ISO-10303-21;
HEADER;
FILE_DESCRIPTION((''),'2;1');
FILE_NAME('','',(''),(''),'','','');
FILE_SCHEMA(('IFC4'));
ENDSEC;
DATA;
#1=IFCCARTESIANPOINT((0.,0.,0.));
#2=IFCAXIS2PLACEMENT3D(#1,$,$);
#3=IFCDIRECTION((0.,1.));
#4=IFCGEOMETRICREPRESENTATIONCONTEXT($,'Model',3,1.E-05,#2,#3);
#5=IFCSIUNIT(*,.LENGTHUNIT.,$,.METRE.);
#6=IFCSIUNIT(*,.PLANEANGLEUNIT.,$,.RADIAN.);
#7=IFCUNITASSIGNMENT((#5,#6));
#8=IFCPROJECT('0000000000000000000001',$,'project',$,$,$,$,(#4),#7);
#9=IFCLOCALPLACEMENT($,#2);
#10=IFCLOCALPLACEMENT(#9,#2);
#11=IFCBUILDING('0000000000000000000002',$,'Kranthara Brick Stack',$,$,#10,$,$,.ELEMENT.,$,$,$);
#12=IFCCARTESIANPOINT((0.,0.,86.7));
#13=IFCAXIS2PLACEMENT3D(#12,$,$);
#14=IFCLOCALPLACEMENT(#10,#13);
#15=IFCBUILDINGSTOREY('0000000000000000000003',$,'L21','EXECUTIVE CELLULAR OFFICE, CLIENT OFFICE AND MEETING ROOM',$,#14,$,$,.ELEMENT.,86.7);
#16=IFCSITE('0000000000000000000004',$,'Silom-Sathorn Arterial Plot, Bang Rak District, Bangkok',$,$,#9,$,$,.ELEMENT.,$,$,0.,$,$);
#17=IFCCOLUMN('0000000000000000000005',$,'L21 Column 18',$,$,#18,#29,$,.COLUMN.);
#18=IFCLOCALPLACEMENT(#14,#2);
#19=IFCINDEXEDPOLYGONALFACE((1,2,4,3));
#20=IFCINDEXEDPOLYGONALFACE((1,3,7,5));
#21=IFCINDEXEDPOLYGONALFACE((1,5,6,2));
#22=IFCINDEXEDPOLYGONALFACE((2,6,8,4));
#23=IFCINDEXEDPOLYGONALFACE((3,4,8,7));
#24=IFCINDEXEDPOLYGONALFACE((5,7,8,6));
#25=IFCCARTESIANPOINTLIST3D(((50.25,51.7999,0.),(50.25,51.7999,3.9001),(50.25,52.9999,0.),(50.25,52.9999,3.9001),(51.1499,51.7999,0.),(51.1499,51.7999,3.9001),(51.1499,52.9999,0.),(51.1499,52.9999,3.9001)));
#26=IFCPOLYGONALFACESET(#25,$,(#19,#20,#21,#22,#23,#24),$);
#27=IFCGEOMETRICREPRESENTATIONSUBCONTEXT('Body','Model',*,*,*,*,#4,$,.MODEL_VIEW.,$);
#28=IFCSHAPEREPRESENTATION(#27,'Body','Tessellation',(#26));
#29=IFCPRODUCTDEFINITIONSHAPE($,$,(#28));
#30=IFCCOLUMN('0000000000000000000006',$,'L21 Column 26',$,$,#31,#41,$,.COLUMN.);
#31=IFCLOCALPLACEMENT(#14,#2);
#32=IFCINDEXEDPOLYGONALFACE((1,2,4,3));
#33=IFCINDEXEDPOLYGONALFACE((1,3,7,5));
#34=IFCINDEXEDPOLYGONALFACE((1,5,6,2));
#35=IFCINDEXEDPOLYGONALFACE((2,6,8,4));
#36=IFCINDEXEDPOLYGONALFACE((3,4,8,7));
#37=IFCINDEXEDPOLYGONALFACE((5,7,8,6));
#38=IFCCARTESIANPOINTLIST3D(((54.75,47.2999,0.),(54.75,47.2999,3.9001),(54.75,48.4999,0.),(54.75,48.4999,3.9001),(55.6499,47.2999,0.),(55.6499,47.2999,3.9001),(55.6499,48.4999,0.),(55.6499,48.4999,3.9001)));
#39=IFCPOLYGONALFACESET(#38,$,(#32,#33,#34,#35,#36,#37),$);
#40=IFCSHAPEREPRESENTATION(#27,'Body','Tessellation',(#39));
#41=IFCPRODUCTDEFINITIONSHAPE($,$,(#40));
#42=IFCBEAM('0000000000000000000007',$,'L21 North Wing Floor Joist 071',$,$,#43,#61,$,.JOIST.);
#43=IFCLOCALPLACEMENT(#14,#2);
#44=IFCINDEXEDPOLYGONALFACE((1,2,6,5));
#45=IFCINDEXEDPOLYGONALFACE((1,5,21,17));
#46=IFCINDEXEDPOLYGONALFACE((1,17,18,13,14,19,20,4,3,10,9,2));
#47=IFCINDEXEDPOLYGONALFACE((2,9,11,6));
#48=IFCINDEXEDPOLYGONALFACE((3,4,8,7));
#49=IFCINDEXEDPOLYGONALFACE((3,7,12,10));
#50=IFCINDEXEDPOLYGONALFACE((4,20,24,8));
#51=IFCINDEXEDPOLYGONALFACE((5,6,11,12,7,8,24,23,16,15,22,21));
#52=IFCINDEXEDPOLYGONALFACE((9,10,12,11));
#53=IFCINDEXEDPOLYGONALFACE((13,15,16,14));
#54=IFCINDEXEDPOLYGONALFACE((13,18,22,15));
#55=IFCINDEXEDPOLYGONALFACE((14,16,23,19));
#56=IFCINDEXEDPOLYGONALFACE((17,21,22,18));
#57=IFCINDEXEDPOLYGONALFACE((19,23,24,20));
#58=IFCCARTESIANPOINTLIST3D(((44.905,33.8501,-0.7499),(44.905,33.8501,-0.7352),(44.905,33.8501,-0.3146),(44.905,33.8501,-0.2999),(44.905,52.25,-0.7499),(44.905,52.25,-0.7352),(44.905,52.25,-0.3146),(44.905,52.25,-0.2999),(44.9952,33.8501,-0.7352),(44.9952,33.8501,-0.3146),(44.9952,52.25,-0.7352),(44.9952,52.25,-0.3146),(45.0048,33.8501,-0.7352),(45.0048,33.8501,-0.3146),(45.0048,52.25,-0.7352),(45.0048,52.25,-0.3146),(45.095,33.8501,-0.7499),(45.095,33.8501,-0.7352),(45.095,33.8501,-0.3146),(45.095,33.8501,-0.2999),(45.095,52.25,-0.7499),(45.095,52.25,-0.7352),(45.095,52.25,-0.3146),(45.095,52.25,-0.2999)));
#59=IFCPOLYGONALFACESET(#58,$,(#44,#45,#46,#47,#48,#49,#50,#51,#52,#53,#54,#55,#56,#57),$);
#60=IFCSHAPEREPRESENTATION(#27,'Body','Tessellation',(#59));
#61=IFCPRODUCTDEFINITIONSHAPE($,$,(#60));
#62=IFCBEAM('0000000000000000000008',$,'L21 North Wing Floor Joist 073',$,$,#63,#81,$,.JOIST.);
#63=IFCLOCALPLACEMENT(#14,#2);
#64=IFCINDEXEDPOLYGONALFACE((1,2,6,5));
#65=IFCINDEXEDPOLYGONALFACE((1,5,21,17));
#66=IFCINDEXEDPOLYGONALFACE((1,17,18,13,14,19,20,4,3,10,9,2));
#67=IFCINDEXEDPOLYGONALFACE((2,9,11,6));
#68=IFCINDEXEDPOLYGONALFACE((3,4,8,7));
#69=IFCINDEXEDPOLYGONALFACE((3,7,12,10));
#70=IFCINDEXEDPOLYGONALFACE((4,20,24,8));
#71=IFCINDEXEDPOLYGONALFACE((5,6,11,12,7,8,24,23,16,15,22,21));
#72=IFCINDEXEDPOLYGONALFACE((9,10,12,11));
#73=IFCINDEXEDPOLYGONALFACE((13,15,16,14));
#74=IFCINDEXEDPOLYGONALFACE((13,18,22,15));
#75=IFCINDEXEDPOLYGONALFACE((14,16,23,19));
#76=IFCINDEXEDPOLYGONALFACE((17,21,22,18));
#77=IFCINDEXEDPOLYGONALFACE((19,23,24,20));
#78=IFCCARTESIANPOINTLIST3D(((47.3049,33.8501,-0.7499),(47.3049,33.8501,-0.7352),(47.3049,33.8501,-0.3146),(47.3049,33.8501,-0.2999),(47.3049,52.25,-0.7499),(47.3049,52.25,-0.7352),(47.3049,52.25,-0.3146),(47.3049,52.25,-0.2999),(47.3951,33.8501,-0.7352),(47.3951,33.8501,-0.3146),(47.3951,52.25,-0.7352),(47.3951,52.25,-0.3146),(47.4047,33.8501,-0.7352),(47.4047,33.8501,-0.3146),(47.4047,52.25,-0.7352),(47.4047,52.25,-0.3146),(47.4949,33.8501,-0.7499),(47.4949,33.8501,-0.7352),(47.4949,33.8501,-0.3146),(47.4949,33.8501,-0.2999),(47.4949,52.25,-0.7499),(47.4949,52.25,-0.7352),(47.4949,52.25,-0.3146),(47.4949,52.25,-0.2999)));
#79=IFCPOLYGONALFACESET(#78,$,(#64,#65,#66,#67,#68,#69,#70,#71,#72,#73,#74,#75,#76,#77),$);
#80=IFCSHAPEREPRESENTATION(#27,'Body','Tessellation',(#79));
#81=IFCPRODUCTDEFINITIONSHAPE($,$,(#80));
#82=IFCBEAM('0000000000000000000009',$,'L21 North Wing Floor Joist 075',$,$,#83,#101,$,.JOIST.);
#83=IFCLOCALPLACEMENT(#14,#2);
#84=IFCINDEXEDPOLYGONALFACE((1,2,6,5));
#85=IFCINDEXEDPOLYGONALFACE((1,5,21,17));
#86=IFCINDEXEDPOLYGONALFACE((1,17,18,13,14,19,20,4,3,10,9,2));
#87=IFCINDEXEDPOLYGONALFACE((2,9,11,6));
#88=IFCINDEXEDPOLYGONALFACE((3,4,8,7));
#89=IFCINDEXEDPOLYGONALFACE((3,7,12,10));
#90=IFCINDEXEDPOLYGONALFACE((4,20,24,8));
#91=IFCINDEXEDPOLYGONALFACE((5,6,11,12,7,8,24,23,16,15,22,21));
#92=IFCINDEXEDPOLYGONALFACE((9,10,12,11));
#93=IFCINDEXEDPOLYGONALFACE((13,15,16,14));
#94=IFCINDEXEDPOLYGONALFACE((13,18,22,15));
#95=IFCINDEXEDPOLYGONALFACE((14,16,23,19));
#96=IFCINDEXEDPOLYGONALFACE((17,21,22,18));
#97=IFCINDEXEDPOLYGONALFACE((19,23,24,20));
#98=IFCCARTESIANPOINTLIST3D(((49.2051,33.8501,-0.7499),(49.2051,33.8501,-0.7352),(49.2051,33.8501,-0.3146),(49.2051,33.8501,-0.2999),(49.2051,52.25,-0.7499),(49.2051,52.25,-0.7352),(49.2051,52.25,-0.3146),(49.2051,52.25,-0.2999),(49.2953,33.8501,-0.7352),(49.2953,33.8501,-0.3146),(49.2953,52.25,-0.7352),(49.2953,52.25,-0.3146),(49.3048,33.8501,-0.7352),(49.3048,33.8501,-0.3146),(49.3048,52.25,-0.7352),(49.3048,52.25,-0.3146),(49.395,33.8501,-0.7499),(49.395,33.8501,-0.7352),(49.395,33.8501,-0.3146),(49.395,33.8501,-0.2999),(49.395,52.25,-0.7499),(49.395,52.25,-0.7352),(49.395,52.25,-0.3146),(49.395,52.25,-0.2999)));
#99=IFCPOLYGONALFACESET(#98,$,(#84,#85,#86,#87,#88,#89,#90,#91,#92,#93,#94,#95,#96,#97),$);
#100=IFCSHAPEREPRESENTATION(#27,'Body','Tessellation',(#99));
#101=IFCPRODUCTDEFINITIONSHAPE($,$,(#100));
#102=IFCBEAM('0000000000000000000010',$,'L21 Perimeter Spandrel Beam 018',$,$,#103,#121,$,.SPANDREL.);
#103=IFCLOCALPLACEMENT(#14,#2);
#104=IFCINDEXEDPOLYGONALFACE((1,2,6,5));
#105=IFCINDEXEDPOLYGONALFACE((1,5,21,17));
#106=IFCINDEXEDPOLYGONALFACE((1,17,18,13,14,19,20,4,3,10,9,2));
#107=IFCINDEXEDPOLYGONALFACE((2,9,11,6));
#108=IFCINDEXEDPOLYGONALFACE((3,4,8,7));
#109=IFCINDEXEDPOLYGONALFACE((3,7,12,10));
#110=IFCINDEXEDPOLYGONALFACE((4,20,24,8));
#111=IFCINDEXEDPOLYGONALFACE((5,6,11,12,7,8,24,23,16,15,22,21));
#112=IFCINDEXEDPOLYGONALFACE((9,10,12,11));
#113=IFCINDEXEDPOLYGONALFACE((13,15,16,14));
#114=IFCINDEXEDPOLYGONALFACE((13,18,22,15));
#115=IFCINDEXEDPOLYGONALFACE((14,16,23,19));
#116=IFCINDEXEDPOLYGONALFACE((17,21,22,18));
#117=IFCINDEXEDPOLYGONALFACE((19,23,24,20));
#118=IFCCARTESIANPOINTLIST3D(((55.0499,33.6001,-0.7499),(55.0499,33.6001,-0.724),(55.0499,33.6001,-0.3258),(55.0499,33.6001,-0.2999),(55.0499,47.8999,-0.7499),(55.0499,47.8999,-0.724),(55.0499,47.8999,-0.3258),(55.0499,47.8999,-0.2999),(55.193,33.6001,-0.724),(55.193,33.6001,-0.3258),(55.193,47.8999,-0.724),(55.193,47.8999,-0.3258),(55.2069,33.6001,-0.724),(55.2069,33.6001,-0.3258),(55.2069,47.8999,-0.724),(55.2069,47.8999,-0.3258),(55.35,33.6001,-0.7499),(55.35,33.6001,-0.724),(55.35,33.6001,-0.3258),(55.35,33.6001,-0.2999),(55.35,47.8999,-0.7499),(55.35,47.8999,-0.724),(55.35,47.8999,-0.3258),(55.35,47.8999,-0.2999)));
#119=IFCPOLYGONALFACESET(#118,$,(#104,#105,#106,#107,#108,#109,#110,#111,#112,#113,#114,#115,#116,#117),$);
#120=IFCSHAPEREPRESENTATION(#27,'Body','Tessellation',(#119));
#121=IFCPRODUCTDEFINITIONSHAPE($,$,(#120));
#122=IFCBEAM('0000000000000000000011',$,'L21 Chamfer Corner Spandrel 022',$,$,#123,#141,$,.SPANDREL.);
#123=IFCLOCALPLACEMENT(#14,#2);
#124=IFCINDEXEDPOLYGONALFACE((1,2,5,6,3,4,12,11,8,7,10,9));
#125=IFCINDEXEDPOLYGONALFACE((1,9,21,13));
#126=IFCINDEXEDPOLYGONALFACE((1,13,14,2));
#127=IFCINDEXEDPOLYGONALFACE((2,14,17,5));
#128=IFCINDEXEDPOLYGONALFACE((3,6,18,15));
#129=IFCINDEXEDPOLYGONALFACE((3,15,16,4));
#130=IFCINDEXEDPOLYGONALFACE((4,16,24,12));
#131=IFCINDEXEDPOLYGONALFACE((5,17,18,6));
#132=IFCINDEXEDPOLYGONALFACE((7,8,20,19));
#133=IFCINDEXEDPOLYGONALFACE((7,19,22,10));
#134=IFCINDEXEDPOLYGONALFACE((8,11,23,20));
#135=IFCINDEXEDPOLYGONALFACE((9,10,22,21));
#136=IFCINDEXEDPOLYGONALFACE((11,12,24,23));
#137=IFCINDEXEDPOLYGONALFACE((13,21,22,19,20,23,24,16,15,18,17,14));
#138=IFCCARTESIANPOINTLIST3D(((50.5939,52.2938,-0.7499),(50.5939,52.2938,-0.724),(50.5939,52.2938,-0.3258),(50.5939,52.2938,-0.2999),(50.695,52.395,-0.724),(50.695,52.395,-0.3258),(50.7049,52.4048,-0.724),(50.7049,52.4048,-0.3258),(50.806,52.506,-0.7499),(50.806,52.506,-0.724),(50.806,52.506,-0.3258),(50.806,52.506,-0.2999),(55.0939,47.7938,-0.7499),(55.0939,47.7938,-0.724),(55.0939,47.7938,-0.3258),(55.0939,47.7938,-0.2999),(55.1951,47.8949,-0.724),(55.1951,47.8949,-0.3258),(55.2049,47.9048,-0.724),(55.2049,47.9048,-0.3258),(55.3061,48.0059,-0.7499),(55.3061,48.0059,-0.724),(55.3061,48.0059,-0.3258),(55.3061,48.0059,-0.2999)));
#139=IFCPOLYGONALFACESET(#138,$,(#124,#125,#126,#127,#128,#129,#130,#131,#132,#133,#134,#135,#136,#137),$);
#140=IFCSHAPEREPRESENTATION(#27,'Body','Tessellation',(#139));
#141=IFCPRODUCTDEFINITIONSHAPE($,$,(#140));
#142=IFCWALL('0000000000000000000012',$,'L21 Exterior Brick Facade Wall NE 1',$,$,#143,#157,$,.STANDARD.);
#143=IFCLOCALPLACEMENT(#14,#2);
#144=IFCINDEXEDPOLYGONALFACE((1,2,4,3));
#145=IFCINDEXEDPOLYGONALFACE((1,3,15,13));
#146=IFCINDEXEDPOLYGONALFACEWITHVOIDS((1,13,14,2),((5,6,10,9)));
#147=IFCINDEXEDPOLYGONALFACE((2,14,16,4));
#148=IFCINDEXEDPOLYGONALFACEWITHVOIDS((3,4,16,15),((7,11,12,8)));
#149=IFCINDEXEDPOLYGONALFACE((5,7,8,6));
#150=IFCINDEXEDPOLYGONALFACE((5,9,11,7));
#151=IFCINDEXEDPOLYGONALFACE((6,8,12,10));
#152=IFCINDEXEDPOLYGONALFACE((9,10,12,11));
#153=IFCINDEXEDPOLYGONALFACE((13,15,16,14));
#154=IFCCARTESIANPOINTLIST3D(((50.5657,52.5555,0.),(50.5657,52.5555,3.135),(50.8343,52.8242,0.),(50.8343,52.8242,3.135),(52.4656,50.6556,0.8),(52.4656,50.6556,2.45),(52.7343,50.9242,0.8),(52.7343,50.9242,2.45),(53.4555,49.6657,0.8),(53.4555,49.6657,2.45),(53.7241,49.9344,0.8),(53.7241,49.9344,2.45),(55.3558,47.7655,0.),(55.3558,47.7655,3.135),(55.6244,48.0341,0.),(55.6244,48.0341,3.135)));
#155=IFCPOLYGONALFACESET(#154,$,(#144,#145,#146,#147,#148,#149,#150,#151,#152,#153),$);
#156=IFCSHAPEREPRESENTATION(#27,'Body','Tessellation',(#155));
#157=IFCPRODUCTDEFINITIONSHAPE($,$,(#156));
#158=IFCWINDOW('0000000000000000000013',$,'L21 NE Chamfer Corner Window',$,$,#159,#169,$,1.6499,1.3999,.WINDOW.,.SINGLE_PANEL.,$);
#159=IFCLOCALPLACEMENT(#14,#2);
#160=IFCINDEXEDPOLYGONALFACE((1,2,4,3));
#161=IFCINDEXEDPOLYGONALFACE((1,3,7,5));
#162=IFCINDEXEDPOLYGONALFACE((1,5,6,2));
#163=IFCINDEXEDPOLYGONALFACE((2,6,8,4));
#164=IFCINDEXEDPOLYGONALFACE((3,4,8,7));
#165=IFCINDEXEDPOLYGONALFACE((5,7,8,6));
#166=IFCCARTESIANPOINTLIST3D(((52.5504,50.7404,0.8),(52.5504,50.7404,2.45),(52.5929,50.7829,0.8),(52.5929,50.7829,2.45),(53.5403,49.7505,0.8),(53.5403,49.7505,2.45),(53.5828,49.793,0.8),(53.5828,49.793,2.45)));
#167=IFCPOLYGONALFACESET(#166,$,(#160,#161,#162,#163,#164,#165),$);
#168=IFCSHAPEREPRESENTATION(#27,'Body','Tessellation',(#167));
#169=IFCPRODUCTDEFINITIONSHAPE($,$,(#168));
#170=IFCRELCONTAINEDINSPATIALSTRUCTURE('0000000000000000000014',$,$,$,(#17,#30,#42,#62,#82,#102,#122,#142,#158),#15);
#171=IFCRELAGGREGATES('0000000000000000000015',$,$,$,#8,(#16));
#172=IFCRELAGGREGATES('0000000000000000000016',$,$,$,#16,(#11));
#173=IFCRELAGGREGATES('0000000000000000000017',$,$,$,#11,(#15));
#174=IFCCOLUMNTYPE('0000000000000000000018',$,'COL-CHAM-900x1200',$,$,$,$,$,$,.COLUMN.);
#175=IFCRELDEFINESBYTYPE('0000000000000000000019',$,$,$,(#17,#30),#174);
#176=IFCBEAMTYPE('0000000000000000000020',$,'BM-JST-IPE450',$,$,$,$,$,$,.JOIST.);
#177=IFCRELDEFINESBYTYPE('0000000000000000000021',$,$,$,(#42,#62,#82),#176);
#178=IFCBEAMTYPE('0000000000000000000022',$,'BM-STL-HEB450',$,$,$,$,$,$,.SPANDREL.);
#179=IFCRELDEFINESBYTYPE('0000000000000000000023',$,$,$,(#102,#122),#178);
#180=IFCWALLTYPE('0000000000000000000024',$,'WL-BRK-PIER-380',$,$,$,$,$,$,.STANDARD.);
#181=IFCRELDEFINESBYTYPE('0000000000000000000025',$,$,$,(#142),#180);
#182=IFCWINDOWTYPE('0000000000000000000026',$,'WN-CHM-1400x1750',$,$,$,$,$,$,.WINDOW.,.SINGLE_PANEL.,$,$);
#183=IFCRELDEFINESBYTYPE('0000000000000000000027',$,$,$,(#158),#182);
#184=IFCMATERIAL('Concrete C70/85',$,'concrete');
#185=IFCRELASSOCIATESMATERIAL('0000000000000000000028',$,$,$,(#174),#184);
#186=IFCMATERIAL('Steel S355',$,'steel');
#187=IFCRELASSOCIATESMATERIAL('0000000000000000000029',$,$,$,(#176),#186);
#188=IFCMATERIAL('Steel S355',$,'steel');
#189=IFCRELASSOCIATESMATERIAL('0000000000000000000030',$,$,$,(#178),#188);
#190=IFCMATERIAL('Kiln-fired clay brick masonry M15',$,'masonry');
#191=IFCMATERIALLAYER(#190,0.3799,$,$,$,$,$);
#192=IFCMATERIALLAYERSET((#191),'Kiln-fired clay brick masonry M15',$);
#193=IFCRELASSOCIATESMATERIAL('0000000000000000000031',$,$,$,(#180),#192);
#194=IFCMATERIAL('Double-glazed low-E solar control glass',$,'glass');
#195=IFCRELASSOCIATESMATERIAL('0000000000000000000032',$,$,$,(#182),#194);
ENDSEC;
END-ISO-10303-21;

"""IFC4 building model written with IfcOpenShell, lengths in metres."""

from ifc_helpers import new_model, si_unit, direction, frame, frame_2d, origin, origin_2d, place, context, subcontext, project, spatial, rectangle, i_section, extrude, material, layer, layer_set, material_profile, profile_set, type_object, element, fill, save


model = new_model("IFC4")

# Units and contexts
model_context = context("Model", 3, precision=1e-05, world=origin(), true_north=direction((0.0, 1.0)))
body_context = subcontext(model_context, "Body", "Model", "MODEL_VIEW")
ifc_project = project(units=[si_unit("LENGTHUNIT", "METRE"), si_unit("PLANEANGLEUNIT", "RADIAN")], contexts=[model_context])

# Site, building, storey
site_placement = place(None, origin())
site = spatial("IfcSite", under=ifc_project, at=site_placement, Name="Silom-Sathorn Arterial Plot, Bang Rak District, Bangkok", CompositionType="ELEMENT", RefElevation=0.0)
building_placement = place(site_placement, origin())
building = spatial("IfcBuilding", under=site, at=building_placement, Name="Kranthara Brick Stack", CompositionType="ELEMENT")
storey_placement = place(building_placement, frame((0.0, 0.0, 86.7)))
storey = spatial("IfcBuildingStorey", under=building, at=storey_placement, Name="L21", Description="EXECUTIVE CELLULAR OFFICE, CLIENT OFFICE AND MEETING ROOM", CompositionType="ELEMENT", Elevation=86.7)

# Columns
ifc_material_1 = material(Name="Concrete C70/85", Category="concrete")
ifc_material_profile_1 = material_profile(ifc_material_1, rectangle(XDim=0.8999, YDim=1.2, at=origin_2d()), Name="RC 900x1200")
ifc_profile_set_1 = profile_set([ifc_material_profile_1], Name="Concrete C70/85")
column_type = type_object("IfcColumnType", Name="COL-CHAM-900x1200", PredefinedType="COLUMN", material=ifc_profile_set_1)
for number, where, z_axis, x_axis, name in (
    (1, (50.7, 52.3999, 0.0), (0.0, 0.0, 1.0), (1.0, 0.0, 0.0), "L21 Column 18"),
    (2, (55.2, 47.8999, 0.0), (0.0, 0.0, 1.0), (1.0, 0.0, 0.0), "L21 Column 26"),
):
    element("IfcColumn", number, at=place(storey_placement, frame(where, z_axis=z_axis, x_axis=x_axis)), inside=storey, type_object=column_type, Name=name, PredefinedType="COLUMN", context=body_context, shape_type="SweptSolid", body=[
        extrude(rectangle(XDim=0.8999, YDim=1.2, at=origin_2d()), origin(), (0.0, 0.0, 1.0), 3.9001),
    ])

# Beams
ifc_material_2 = material(Name="Steel S355", Category="steel")
ifc_material_profile_2 = material_profile(ifc_material_2, i_section(OverallWidth=0.1899, OverallDepth=0.45, WebThickness=0.0095, FlangeThickness=0.0146, at=origin_2d()), Name="IPE 450")
ifc_profile_set_2 = profile_set([ifc_material_profile_2], Name="Steel S355")
beam_type_1 = type_object("IfcBeamType", Name="BM-JST-IPE450", PredefinedType="JOIST", material=ifc_profile_set_2)
for number, where, z_axis, x_axis, name in (
    (3, (45.0, 33.8501, -0.5249), (0.0, 1.0, 0.0), (-1.0, 0.0, 0.0), "L21 North Wing Floor Joist 071"),
    (4, (47.3999, 33.8501, -0.5249), (0.0, 1.0, 0.0), (-1.0, 0.0, 0.0), "L21 North Wing Floor Joist 073"),
    (5, (49.3, 33.8501, -0.5249), (0.0, 1.0, 0.0), (-1.0, 0.0, 0.0), "L21 North Wing Floor Joist 075"),
):
    element("IfcBeam", number, at=place(storey_placement, frame(where, z_axis=z_axis, x_axis=x_axis)), inside=storey, type_object=beam_type_1, Name=name, PredefinedType="JOIST", context=body_context, shape_type="SweptSolid", body=[
        extrude(i_section(OverallWidth=0.1899, OverallDepth=0.45, WebThickness=0.0095, FlangeThickness=0.0146, at=origin_2d()), origin(), (0.0, 0.0, 1.0), 18.3999),
    ])
ifc_material_3 = material(Name="Steel S355", Category="steel")
ifc_material_profile_3 = material_profile(ifc_material_3, i_section(OverallWidth=0.3, OverallDepth=0.45, WebThickness=0.0139, FlangeThickness=0.0259, at=origin_2d()), Name="HEB 450")
ifc_profile_set_3 = profile_set([ifc_material_profile_3], Name="Steel S355")
beam_type_2 = type_object("IfcBeamType", Name="BM-STL-HEB450", PredefinedType="SPANDREL", material=ifc_profile_set_3)
beam_1_placement = place(storey_placement, frame((55.2, 33.6001, -0.5249), z_axis=(0.0, 1.0, 0.0), x_axis=(-1.0, 0.0, 0.0)))
element("IfcBeam", 6, at=beam_1_placement, inside=storey, type_object=beam_type_2, Name="L21 Perimeter Spandrel Beam 018", PredefinedType="SPANDREL", context=body_context, shape_type="SweptSolid", body=[
    extrude(i_section(OverallWidth=0.3, OverallDepth=0.45, WebThickness=0.0139, FlangeThickness=0.0259, at=origin_2d()), origin(), (0.0, 0.0, 1.0), 14.2998),
])
beam_2_placement = place(storey_placement, frame((50.7, 52.3999, -0.5249), z_axis=(0.707107, -0.707107, 0.0), x_axis=(0.707107, 0.707107, 0.0)))
element("IfcBeam", 7, at=beam_2_placement, inside=storey, type_object=beam_type_2, Name="L21 Chamfer Corner Spandrel 022", PredefinedType="SPANDREL", context=body_context, shape_type="SweptSolid", body=[
    extrude(i_section(OverallWidth=0.3, OverallDepth=0.45, WebThickness=0.0139, FlangeThickness=0.0259, at=origin_2d()), origin(), (0.0, 0.0, 1.0), 6.364),
])

# Wall, opening, window
ifc_material_4 = material(Name="Kiln-fired clay brick masonry M15", Category="masonry")
ifc_layer_1 = layer(ifc_material_4, 0.3799)
ifc_layer_set_1 = layer_set([ifc_layer_1], Name="Kiln-fired clay brick masonry M15")
wall_type_1 = type_object("IfcWallType", Name="WL-BRK-PIER-380", PredefinedType="STANDARD", material=ifc_layer_set_1)
wall_1_placement = place(storey_placement, frame((50.7, 52.6899, 0.0), z_axis=(0.0, 0.0, 1.0), x_axis=(0.707107, -0.707107, 0.0)))
wall_1 = element("IfcWall", 8, at=wall_1_placement, inside=storey, type_object=wall_type_1, Name="L21 Exterior Brick Facade Wall NE 1", PredefinedType="STANDARD", context=body_context, shape_type="SweptSolid", body=[
    extrude(rectangle(XDim=6.7742, YDim=0.3799, at=frame_2d((3.3872, 0.0))), origin(), (0.0, 0.0, 1.0), 3.135),
])
opening_1_placement = place(wall_1_placement, frame((2.687, 0.0, 0.8)))
opening_1 = element("IfcOpeningElement", 9, at=opening_1_placement, cuts=wall_1, PredefinedType="OPENING", context=body_context, shape_type="SweptSolid", body=[
    extrude(rectangle(XDim=1.3999, YDim=1.6499, at=frame_2d((0.7, 0.825))), frame((0.0, 0.2, 0.0), z_axis=(0.0, -1.0, 0.0), x_axis=(1.0, 0.0, 0.0)), (0.0, 0.0, 1.0), 0.3999),
])
ifc_material_5 = material(Name="Double-glazed low-E solar control glass", Category="glass")
window_type_1 = type_object("IfcWindowType", Name="WN-CHM-1400x1750", PartitioningType="SINGLE_PANEL", PredefinedType="WINDOW", material=ifc_material_5)
window_1_placement = place(opening_1_placement, origin())
window_1 = element("IfcWindow", 10, at=window_1_placement, inside=storey, type_object=window_type_1, Name="L21 NE Chamfer Corner Window", OverallHeight=1.6499, OverallWidth=1.3999, PartitioningType="SINGLE_PANEL", PredefinedType="WINDOW", context=body_context, shape_type="SweptSolid", body=[
    extrude(rectangle(XDim=1.3999, YDim=1.6499, at=frame_2d((0.7, 0.825))), frame((0.0, -0.01, 0.0), z_axis=(0.0, -1.0, 0.0), x_axis=(1.0, 0.0, 0.0)), (0.0, 0.0, 1.0), 0.0601),
])
fill(opening_1, window_1)

save(model, "model.ifc")
